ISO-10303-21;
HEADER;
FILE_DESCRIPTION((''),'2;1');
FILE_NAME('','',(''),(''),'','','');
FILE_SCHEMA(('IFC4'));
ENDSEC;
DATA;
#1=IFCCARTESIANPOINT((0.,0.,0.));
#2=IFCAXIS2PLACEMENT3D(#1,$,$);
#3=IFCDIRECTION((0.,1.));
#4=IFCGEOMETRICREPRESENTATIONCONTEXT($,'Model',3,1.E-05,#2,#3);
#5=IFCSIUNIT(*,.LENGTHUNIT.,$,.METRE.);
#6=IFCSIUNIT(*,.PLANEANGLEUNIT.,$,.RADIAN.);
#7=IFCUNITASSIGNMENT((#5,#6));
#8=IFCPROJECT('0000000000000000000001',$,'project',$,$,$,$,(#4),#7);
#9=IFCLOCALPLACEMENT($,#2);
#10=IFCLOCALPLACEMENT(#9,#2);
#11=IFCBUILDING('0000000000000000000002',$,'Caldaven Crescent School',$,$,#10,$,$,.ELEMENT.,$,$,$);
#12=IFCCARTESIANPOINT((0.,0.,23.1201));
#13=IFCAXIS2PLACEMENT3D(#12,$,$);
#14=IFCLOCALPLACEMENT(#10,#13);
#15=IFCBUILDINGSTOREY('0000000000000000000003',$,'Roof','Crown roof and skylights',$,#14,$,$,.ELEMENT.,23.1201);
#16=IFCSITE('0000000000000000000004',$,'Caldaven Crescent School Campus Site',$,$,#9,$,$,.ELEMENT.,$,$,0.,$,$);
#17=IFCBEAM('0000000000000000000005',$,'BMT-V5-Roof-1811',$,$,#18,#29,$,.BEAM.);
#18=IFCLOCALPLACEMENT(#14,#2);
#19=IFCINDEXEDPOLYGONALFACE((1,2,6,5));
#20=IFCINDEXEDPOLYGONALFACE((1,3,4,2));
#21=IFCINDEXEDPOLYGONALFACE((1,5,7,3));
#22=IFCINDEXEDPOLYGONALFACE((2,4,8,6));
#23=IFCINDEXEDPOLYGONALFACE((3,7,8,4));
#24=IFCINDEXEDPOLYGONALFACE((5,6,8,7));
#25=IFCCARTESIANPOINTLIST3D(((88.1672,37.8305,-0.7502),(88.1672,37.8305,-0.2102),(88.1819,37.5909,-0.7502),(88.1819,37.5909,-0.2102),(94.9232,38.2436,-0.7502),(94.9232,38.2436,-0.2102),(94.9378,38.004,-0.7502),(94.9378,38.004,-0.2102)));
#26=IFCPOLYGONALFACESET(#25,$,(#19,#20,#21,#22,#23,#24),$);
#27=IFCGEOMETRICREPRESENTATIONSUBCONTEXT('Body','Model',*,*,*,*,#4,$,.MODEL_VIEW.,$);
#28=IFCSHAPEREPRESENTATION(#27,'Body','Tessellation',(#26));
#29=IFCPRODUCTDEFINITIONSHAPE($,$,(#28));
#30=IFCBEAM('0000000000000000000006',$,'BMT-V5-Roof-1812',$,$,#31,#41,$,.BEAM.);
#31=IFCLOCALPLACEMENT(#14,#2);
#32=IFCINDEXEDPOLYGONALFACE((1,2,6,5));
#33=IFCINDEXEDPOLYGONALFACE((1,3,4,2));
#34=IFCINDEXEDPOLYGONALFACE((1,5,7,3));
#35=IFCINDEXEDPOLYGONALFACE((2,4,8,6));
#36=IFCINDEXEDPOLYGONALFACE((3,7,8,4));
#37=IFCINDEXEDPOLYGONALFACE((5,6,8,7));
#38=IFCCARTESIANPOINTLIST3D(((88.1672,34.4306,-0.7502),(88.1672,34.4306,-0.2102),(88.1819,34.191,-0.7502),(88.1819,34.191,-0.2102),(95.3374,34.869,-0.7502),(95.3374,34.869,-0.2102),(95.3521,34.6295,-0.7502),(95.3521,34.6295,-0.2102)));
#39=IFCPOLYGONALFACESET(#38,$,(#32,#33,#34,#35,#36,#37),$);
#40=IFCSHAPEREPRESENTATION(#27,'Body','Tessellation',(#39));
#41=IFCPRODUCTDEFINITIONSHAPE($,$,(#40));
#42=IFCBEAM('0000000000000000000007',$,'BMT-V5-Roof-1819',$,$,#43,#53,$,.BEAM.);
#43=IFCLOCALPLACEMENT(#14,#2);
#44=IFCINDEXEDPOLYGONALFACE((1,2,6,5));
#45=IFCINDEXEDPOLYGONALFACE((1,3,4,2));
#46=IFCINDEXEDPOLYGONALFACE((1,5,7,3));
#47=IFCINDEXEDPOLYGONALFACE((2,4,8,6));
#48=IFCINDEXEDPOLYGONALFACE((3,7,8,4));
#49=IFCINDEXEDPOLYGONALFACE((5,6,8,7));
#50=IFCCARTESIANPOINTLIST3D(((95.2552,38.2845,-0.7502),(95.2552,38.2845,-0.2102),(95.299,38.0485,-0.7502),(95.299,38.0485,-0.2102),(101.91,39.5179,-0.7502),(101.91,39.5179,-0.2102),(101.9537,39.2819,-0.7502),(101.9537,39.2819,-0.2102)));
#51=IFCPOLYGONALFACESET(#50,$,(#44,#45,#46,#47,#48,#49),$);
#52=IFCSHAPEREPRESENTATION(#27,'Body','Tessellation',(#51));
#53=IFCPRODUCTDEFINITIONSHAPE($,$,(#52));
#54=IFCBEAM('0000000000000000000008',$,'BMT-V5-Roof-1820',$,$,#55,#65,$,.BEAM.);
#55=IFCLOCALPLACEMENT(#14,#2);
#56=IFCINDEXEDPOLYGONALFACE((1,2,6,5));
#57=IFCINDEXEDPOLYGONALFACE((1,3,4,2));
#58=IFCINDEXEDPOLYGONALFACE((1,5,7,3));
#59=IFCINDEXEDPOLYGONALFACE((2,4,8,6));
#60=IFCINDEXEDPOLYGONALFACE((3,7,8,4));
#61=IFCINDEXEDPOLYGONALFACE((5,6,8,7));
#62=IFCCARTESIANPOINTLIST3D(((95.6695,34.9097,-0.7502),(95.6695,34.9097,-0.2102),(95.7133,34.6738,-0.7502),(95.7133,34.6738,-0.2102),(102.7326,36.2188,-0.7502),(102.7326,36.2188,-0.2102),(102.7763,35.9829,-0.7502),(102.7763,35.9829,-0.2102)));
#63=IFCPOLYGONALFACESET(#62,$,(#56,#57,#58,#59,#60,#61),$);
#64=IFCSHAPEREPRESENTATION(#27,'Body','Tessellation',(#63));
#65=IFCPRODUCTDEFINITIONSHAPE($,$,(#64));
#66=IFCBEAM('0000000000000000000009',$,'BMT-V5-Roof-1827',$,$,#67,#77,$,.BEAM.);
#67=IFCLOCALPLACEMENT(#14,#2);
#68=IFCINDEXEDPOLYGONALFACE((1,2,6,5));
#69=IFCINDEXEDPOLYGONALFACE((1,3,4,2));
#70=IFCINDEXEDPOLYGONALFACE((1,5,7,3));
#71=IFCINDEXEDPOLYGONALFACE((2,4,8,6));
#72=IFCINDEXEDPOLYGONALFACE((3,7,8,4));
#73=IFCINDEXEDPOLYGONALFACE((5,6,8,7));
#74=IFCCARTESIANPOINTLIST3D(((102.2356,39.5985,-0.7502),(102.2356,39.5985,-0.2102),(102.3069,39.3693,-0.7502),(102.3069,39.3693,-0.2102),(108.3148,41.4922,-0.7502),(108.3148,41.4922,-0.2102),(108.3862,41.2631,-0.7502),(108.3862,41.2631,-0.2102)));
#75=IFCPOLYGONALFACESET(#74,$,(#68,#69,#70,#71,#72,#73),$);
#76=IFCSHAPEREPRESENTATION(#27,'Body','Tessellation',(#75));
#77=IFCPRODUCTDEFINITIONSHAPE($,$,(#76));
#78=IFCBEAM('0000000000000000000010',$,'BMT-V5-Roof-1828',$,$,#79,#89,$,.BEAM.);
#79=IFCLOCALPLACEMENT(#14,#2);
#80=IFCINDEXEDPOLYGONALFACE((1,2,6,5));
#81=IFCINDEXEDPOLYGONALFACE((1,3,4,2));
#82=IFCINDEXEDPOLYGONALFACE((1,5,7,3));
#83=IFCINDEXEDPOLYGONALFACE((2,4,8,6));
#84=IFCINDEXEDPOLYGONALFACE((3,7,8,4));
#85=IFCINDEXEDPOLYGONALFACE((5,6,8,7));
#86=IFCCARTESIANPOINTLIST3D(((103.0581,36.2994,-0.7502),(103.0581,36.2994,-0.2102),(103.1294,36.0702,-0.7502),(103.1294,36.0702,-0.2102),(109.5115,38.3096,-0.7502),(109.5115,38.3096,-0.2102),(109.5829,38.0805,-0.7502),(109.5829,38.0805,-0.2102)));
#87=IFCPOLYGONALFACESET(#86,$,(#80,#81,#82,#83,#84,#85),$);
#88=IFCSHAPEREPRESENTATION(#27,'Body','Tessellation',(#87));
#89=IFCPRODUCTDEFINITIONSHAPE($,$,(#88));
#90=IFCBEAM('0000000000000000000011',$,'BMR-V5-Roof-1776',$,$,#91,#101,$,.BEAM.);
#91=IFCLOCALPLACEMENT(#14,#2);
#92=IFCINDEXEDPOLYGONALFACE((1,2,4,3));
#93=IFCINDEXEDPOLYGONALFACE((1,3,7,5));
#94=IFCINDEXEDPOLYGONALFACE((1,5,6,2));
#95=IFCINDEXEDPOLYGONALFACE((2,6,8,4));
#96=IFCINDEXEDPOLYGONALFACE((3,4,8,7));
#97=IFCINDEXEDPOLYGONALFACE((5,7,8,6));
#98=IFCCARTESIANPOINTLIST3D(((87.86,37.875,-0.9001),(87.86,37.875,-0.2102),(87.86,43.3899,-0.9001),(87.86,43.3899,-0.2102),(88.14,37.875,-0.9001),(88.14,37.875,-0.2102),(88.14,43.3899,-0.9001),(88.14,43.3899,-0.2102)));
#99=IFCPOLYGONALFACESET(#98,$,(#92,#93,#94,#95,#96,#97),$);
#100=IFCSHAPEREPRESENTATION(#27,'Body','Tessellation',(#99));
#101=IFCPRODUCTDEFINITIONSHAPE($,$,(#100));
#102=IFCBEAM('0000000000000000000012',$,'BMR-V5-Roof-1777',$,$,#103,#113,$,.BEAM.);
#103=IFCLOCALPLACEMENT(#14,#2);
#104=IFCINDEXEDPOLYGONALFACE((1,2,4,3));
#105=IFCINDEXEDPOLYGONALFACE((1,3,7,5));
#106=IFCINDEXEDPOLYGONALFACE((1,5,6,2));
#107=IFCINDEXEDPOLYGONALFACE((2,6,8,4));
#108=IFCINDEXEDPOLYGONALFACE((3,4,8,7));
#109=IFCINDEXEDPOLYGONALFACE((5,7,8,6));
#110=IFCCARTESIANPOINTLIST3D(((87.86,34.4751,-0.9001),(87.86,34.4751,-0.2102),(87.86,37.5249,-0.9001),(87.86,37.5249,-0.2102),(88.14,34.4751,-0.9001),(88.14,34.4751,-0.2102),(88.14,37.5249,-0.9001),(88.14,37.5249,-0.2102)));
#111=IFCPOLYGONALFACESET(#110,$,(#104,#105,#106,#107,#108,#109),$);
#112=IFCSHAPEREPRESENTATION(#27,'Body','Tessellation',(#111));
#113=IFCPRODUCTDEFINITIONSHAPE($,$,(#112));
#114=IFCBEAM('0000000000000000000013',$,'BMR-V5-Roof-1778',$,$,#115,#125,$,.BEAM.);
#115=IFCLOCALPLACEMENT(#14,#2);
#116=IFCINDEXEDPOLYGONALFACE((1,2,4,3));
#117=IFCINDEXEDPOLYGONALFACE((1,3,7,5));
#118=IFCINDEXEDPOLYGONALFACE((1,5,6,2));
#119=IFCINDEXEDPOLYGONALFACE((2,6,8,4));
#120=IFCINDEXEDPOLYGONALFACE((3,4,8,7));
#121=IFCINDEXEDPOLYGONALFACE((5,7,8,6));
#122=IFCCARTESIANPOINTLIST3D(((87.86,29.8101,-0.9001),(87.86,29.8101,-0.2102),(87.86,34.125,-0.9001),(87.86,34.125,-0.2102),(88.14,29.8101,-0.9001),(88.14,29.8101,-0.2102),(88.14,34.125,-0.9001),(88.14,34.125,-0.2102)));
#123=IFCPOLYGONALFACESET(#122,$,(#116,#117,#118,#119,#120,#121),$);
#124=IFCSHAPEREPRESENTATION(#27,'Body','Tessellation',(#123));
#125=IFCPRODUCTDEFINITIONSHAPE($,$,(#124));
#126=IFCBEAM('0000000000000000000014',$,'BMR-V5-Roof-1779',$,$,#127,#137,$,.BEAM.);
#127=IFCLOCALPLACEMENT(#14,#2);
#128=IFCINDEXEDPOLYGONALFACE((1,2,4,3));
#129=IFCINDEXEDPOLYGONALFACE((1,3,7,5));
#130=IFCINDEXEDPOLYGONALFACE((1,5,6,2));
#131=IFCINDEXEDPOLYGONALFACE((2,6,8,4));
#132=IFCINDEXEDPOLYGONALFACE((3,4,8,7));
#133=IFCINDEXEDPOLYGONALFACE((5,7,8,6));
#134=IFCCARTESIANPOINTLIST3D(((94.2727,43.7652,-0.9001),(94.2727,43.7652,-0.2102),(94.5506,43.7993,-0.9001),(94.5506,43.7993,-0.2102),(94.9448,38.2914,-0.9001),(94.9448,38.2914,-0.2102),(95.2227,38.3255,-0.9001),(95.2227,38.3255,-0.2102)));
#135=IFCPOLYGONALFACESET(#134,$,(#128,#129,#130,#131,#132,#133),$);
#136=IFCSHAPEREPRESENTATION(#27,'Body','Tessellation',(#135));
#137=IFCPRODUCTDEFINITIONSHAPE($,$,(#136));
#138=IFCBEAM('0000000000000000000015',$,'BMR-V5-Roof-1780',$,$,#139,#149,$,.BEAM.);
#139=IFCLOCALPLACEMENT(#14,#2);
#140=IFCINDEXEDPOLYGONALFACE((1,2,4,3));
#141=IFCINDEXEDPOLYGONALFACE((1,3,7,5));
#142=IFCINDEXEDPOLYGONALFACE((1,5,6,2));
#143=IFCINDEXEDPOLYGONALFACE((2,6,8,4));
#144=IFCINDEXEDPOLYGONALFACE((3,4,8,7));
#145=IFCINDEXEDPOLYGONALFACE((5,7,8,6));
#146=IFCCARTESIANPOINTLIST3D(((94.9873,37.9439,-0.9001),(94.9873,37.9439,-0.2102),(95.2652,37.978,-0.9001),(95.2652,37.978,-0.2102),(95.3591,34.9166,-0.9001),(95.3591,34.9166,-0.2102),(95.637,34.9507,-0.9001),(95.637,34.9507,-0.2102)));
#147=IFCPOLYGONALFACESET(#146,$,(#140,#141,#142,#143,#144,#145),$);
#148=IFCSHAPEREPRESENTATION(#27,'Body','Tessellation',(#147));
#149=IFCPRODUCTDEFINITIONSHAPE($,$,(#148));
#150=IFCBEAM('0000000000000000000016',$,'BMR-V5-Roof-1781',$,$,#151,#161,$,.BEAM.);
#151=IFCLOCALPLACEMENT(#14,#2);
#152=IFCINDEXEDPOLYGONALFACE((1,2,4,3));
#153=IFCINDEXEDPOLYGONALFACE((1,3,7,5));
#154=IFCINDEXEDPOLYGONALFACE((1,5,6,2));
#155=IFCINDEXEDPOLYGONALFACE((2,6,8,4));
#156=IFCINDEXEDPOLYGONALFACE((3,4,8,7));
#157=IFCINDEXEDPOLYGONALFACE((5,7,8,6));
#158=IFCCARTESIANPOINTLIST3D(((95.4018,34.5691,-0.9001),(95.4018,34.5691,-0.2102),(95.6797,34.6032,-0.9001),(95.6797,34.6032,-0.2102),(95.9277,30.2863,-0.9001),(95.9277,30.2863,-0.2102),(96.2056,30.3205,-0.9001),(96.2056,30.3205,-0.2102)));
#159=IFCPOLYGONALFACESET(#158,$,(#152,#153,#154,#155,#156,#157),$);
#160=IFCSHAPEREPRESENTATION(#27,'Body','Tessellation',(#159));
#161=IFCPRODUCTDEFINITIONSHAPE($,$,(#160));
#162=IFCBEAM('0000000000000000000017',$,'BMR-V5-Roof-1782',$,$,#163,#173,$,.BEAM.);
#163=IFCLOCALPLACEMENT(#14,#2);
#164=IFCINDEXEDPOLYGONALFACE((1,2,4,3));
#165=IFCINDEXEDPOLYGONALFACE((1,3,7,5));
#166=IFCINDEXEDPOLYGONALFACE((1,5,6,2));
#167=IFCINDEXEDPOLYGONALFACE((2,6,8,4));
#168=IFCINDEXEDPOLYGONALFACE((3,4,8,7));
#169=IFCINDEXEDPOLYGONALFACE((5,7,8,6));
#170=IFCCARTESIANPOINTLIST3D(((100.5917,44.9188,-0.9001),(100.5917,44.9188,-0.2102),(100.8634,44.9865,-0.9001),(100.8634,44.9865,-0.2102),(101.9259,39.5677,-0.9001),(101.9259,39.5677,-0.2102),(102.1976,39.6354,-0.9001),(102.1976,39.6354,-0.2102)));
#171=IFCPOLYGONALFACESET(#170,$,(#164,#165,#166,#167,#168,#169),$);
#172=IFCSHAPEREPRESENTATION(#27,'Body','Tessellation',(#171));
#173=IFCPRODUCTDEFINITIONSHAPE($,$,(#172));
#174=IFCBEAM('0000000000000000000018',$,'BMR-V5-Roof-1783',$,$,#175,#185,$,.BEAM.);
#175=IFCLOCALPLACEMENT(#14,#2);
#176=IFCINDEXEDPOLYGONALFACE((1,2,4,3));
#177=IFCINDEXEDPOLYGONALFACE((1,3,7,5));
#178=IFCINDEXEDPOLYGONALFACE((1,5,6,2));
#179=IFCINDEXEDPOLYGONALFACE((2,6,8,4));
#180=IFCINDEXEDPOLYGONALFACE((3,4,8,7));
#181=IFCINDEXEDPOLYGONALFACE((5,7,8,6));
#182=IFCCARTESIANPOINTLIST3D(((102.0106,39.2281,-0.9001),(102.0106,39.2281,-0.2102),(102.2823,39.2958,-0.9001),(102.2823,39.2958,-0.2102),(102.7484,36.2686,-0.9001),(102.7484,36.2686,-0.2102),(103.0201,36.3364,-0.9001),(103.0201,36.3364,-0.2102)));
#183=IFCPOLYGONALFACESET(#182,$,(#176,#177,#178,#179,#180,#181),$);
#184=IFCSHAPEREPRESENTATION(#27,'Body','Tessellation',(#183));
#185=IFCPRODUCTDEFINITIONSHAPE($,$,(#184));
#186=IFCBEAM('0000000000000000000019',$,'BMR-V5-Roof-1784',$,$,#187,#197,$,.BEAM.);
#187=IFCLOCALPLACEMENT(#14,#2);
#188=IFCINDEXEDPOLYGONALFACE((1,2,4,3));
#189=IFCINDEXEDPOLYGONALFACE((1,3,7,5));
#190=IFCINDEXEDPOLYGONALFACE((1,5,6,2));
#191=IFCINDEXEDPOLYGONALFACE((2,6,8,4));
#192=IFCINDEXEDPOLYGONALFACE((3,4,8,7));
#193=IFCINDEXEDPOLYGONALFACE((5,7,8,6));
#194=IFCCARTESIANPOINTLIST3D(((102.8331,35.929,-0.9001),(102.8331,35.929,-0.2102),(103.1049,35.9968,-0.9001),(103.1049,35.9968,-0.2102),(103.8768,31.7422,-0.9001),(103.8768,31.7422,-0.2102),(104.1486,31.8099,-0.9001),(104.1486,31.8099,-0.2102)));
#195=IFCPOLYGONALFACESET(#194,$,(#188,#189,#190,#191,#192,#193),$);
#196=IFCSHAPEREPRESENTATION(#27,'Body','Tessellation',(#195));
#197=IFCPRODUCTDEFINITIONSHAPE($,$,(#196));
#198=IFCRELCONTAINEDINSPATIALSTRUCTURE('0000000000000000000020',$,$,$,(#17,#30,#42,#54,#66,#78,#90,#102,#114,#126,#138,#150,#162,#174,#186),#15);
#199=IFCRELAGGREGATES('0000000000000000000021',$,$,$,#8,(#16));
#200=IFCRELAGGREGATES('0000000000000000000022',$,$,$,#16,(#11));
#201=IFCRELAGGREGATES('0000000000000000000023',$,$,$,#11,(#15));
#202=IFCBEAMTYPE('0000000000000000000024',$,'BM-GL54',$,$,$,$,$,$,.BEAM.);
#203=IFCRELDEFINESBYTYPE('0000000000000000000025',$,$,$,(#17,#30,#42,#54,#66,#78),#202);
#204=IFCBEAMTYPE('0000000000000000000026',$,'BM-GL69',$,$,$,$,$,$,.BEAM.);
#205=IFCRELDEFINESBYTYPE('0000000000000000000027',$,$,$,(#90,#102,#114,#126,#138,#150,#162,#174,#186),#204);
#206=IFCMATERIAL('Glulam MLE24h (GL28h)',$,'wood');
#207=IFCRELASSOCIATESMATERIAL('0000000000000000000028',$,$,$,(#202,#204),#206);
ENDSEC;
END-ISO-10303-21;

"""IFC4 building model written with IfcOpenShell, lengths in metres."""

from ifc_helpers import new_model, si_unit, direction, frame, origin, origin_2d, place, context, subcontext, project, spatial, rectangle, extrude, material, material_profile, profile_set, type_object, element, save


model = new_model("IFC4")

# Units and contexts
model_context = context("Model", 3, precision=1e-05, world=origin(), true_north=direction((0.0, 1.0)))
body_context = subcontext(model_context, "Body", "Model", "MODEL_VIEW")
ifc_project = project(units=[si_unit("LENGTHUNIT", "METRE"), si_unit("PLANEANGLEUNIT", "RADIAN")], contexts=[model_context])

# Site, building, storey
site_placement = place(None, origin())
site = spatial("IfcSite", under=ifc_project, at=site_placement, Name="Caldaven Crescent School Campus Site", CompositionType="ELEMENT", RefElevation=0.0)
building_placement = place(site_placement, origin())
building = spatial("IfcBuilding", under=site, at=building_placement, Name="Caldaven Crescent School", CompositionType="ELEMENT")
storey_placement = place(building_placement, frame((0.0, 0.0, 23.1201)))
storey = spatial("IfcBuildingStorey", under=building, at=storey_placement, Name="Roof", Description="Crown roof and skylights", CompositionType="ELEMENT", Elevation=23.1201)

# Beams
ifc_material = material(Name="Glulam MLE24h (GL28h)", Category="wood")
ifc_material_profile_1 = material_profile(ifc_material, rectangle(XDim=0.24, YDim=0.54, at=origin_2d()), Name="MLE 240x540")
ifc_profile_set_1 = profile_set([ifc_material_profile_1], Name="Glulam MLE24h (GL28h)")
beam_type_1 = type_object("IfcBeamType", Name="BM-GL54", PredefinedType="BEAM", material=ifc_profile_set_1)
beam_1_placement = place(storey_placement, frame((88.1746, 37.7107, -0.4802), z_axis=(0.998136, 0.061031, 0.0), x_axis=(-0.061031, 0.998136, 0.0)))
element("IfcBeam", 1, at=beam_1_placement, inside=storey, type_object=beam_type_1, Name="BMT-V5-Roof-1811", PredefinedType="BEAM", context=body_context, shape_type="SweptSolid", body=[
    extrude(rectangle(XDim=0.24, YDim=0.54, at=origin_2d()), origin(), (0.0, 0.0, 1.0), 6.7686),
])
beam_2_placement = place(storey_placement, frame((88.1746, 34.3108, -0.4802), z_axis=(0.998135, 0.061039, 0.0), x_axis=(-0.061039, 0.998135, 0.0)))
element("IfcBeam", 2, at=beam_2_placement, inside=storey, type_object=beam_type_1, Name="BMT-V5-Roof-1812", PredefinedType="BEAM", context=body_context, shape_type="SweptSolid", body=[
    extrude(rectangle(XDim=0.24, YDim=0.54, at=origin_2d()), origin(), (0.0, 0.0, 1.0), 7.1836),
])
beam_3_placement = place(storey_placement, frame((95.2771, 38.1665, -0.4802), z_axis=(0.983255, 0.182237, 0.0), x_axis=(-0.182237, 0.983255, 0.0)))
element("IfcBeam", 3, at=beam_3_placement, inside=storey, type_object=beam_type_1, Name="BMT-V5-Roof-1819", PredefinedType="BEAM", context=body_context, shape_type="SweptSolid", body=[
    extrude(rectangle(XDim=0.24, YDim=0.54, at=origin_2d()), origin(), (0.0, 0.0, 1.0), 6.7681),
])
beam_4_placement = place(storey_placement, frame((95.6914, 34.7917, -0.4802), z_axis=(0.983254, 0.18224, 0.0), x_axis=(-0.18224, 0.983254, 0.0)))
element("IfcBeam", 4, at=beam_4_placement, inside=storey, type_object=beam_type_1, Name="BMT-V5-Roof-1820", PredefinedType="BEAM", context=body_context, shape_type="SweptSolid", body=[
    extrude(rectangle(XDim=0.24, YDim=0.54, at=origin_2d()), origin(), (0.0, 0.0, 1.0), 7.1833),
])
beam_5_placement = place(storey_placement, frame((102.2712, 39.4839, -0.4802), z_axis=(0.954748, 0.297417, 0.0), x_axis=(-0.297417, 0.954748, 0.0)))
element("IfcBeam", 5, at=beam_5_placement, inside=storey, type_object=beam_type_1, Name="BMT-V5-Roof-1827", PredefinedType="BEAM", context=body_context, shape_type="SweptSolid", body=[
    extrude(rectangle(XDim=0.24, YDim=0.54, at=origin_2d()), origin(), (0.0, 0.0, 1.0), 6.3674),
])
beam_6_placement = place(storey_placement, frame((103.0938, 36.1848, -0.4802), z_axis=(0.95475, 0.297409, 0.0), x_axis=(-0.297409, 0.95475, 0.0)))
element("IfcBeam", 6, at=beam_6_placement, inside=storey, type_object=beam_type_1, Name="BMT-V5-Roof-1828", PredefinedType="BEAM", context=body_context, shape_type="SweptSolid", body=[
    extrude(rectangle(XDim=0.24, YDim=0.54, at=origin_2d()), origin(), (0.0, 0.0, 1.0), 6.7593),
])
ifc_material_profile_2 = material_profile(ifc_material, rectangle(XDim=0.28, YDim=0.6899, at=origin_2d()), Name="MLE 280x690")
ifc_profile_set_2 = profile_set([ifc_material_profile_2], Name="Glulam MLE24h (GL28h)")
beam_type_2 = type_object("IfcBeamType", Name="BM-GL69", PredefinedType="BEAM", material=ifc_profile_set_2)
beam_7_placement = place(storey_placement, frame((88.0, 43.3899, -0.5552), z_axis=(0.0, -1.0, 0.0), x_axis=(1.0, 0.0, 0.0)))
element("IfcBeam", 7, at=beam_7_placement, inside=storey, type_object=beam_type_2, Name="BMR-V5-Roof-1776", PredefinedType="BEAM", context=body_context, shape_type="SweptSolid", body=[
    extrude(rectangle(XDim=0.28, YDim=0.6899, at=origin_2d()), origin(), (0.0, 0.0, 1.0), 5.5149),
])
beam_8_placement = place(storey_placement, frame((88.0, 37.5249, -0.5552), z_axis=(0.0, -1.0, 0.0), x_axis=(1.0, 0.0, 0.0)))
element("IfcBeam", 8, at=beam_8_placement, inside=storey, type_object=beam_type_2, Name="BMR-V5-Roof-1777", PredefinedType="BEAM", context=body_context, shape_type="SweptSolid", body=[
    extrude(rectangle(XDim=0.28, YDim=0.6899, at=origin_2d()), origin(), (0.0, 0.0, 1.0), 3.0498),
])
beam_9_placement = place(storey_placement, frame((88.0, 34.125, -0.5552), z_axis=(0.0, -1.0, 0.0), x_axis=(1.0, 0.0, 0.0)))
element("IfcBeam", 9, at=beam_9_placement, inside=storey, type_object=beam_type_2, Name="BMR-V5-Roof-1778", PredefinedType="BEAM", context=body_context, shape_type="SweptSolid", body=[
    extrude(rectangle(XDim=0.28, YDim=0.6899, at=origin_2d()), origin(), (0.0, 0.0, 1.0), 4.3149),
])
beam_10_placement = place(storey_placement, frame((94.4116, 43.7822, -0.5552), z_axis=(0.121871, -0.992546, 0.0), x_axis=(0.992546, 0.121871, 0.0)))
element("IfcBeam", 10, at=beam_10_placement, inside=storey, type_object=beam_type_2, Name="BMR-V5-Roof-1779", PredefinedType="BEAM", context=body_context, shape_type="SweptSolid", body=[
    extrude(rectangle(XDim=0.28, YDim=0.6899, at=origin_2d()), origin(), (0.0, 0.0, 1.0), 5.5149),
])
beam_11_placement = place(storey_placement, frame((95.1262, 37.9609, -0.5552), z_axis=(0.121907, -0.992542, 0.0), x_axis=(0.992542, 0.121907, 0.0)))
element("IfcBeam", 11, at=beam_11_placement, inside=storey, type_object=beam_type_2, Name="BMR-V5-Roof-1780", PredefinedType="BEAM", context=body_context, shape_type="SweptSolid", body=[
    extrude(rectangle(XDim=0.28, YDim=0.6899, at=origin_2d()), origin(), (0.0, 0.0, 1.0), 3.05),
])
beam_12_placement = place(storey_placement, frame((95.5408, 34.5862, -0.5552), z_axis=(0.121876, -0.992545, 0.0), x_axis=(0.992545, 0.121876, 0.0)))
element("IfcBeam", 12, at=beam_12_placement, inside=storey, type_object=beam_type_2, Name="BMR-V5-Roof-1781", PredefinedType="BEAM", context=body_context, shape_type="SweptSolid", body=[
    extrude(rectangle(XDim=0.28, YDim=0.6899, at=origin_2d()), origin(), (0.0, 0.0, 1.0), 4.3149),
])
beam_13_placement = place(storey_placement, frame((100.7275, 44.9526, -0.5552), z_axis=(0.241931, -0.970293, 0.0), x_axis=(0.970293, 0.241931, 0.0)))
element("IfcBeam", 13, at=beam_13_placement, inside=storey, type_object=beam_type_2, Name="BMR-V5-Roof-1782", PredefinedType="BEAM", context=body_context, shape_type="SweptSolid", body=[
    extrude(rectangle(XDim=0.28, YDim=0.6899, at=origin_2d()), origin(), (0.0, 0.0, 1.0), 5.5149),
])
beam_14_placement = place(storey_placement, frame((102.1465, 39.262, -0.5552), z_axis=(0.241895, -0.970302, 0.0), x_axis=(0.970302, 0.241895, 0.0)))
element("IfcBeam", 14, at=beam_14_placement, inside=storey, type_object=beam_type_2, Name="BMR-V5-Roof-1783", PredefinedType="BEAM", context=body_context, shape_type="SweptSolid", body=[
    extrude(rectangle(XDim=0.28, YDim=0.6899, at=origin_2d()), origin(), (0.0, 0.0, 1.0), 3.05),
])
beam_15_placement = place(storey_placement, frame((102.969, 35.9629, -0.5552), z_axis=(0.241883, -0.970305, 0.0), x_axis=(0.970305, 0.241883, 0.0)))
element("IfcBeam", 15, at=beam_15_placement, inside=storey, type_object=beam_type_2, Name="BMR-V5-Roof-1784", PredefinedType="BEAM", context=body_context, shape_type="SweptSolid", body=[
    extrude(rectangle(XDim=0.28, YDim=0.6899, at=origin_2d()), origin(), (0.0, 0.0, 1.0), 4.3149),
])

save(model, "model.ifc")
